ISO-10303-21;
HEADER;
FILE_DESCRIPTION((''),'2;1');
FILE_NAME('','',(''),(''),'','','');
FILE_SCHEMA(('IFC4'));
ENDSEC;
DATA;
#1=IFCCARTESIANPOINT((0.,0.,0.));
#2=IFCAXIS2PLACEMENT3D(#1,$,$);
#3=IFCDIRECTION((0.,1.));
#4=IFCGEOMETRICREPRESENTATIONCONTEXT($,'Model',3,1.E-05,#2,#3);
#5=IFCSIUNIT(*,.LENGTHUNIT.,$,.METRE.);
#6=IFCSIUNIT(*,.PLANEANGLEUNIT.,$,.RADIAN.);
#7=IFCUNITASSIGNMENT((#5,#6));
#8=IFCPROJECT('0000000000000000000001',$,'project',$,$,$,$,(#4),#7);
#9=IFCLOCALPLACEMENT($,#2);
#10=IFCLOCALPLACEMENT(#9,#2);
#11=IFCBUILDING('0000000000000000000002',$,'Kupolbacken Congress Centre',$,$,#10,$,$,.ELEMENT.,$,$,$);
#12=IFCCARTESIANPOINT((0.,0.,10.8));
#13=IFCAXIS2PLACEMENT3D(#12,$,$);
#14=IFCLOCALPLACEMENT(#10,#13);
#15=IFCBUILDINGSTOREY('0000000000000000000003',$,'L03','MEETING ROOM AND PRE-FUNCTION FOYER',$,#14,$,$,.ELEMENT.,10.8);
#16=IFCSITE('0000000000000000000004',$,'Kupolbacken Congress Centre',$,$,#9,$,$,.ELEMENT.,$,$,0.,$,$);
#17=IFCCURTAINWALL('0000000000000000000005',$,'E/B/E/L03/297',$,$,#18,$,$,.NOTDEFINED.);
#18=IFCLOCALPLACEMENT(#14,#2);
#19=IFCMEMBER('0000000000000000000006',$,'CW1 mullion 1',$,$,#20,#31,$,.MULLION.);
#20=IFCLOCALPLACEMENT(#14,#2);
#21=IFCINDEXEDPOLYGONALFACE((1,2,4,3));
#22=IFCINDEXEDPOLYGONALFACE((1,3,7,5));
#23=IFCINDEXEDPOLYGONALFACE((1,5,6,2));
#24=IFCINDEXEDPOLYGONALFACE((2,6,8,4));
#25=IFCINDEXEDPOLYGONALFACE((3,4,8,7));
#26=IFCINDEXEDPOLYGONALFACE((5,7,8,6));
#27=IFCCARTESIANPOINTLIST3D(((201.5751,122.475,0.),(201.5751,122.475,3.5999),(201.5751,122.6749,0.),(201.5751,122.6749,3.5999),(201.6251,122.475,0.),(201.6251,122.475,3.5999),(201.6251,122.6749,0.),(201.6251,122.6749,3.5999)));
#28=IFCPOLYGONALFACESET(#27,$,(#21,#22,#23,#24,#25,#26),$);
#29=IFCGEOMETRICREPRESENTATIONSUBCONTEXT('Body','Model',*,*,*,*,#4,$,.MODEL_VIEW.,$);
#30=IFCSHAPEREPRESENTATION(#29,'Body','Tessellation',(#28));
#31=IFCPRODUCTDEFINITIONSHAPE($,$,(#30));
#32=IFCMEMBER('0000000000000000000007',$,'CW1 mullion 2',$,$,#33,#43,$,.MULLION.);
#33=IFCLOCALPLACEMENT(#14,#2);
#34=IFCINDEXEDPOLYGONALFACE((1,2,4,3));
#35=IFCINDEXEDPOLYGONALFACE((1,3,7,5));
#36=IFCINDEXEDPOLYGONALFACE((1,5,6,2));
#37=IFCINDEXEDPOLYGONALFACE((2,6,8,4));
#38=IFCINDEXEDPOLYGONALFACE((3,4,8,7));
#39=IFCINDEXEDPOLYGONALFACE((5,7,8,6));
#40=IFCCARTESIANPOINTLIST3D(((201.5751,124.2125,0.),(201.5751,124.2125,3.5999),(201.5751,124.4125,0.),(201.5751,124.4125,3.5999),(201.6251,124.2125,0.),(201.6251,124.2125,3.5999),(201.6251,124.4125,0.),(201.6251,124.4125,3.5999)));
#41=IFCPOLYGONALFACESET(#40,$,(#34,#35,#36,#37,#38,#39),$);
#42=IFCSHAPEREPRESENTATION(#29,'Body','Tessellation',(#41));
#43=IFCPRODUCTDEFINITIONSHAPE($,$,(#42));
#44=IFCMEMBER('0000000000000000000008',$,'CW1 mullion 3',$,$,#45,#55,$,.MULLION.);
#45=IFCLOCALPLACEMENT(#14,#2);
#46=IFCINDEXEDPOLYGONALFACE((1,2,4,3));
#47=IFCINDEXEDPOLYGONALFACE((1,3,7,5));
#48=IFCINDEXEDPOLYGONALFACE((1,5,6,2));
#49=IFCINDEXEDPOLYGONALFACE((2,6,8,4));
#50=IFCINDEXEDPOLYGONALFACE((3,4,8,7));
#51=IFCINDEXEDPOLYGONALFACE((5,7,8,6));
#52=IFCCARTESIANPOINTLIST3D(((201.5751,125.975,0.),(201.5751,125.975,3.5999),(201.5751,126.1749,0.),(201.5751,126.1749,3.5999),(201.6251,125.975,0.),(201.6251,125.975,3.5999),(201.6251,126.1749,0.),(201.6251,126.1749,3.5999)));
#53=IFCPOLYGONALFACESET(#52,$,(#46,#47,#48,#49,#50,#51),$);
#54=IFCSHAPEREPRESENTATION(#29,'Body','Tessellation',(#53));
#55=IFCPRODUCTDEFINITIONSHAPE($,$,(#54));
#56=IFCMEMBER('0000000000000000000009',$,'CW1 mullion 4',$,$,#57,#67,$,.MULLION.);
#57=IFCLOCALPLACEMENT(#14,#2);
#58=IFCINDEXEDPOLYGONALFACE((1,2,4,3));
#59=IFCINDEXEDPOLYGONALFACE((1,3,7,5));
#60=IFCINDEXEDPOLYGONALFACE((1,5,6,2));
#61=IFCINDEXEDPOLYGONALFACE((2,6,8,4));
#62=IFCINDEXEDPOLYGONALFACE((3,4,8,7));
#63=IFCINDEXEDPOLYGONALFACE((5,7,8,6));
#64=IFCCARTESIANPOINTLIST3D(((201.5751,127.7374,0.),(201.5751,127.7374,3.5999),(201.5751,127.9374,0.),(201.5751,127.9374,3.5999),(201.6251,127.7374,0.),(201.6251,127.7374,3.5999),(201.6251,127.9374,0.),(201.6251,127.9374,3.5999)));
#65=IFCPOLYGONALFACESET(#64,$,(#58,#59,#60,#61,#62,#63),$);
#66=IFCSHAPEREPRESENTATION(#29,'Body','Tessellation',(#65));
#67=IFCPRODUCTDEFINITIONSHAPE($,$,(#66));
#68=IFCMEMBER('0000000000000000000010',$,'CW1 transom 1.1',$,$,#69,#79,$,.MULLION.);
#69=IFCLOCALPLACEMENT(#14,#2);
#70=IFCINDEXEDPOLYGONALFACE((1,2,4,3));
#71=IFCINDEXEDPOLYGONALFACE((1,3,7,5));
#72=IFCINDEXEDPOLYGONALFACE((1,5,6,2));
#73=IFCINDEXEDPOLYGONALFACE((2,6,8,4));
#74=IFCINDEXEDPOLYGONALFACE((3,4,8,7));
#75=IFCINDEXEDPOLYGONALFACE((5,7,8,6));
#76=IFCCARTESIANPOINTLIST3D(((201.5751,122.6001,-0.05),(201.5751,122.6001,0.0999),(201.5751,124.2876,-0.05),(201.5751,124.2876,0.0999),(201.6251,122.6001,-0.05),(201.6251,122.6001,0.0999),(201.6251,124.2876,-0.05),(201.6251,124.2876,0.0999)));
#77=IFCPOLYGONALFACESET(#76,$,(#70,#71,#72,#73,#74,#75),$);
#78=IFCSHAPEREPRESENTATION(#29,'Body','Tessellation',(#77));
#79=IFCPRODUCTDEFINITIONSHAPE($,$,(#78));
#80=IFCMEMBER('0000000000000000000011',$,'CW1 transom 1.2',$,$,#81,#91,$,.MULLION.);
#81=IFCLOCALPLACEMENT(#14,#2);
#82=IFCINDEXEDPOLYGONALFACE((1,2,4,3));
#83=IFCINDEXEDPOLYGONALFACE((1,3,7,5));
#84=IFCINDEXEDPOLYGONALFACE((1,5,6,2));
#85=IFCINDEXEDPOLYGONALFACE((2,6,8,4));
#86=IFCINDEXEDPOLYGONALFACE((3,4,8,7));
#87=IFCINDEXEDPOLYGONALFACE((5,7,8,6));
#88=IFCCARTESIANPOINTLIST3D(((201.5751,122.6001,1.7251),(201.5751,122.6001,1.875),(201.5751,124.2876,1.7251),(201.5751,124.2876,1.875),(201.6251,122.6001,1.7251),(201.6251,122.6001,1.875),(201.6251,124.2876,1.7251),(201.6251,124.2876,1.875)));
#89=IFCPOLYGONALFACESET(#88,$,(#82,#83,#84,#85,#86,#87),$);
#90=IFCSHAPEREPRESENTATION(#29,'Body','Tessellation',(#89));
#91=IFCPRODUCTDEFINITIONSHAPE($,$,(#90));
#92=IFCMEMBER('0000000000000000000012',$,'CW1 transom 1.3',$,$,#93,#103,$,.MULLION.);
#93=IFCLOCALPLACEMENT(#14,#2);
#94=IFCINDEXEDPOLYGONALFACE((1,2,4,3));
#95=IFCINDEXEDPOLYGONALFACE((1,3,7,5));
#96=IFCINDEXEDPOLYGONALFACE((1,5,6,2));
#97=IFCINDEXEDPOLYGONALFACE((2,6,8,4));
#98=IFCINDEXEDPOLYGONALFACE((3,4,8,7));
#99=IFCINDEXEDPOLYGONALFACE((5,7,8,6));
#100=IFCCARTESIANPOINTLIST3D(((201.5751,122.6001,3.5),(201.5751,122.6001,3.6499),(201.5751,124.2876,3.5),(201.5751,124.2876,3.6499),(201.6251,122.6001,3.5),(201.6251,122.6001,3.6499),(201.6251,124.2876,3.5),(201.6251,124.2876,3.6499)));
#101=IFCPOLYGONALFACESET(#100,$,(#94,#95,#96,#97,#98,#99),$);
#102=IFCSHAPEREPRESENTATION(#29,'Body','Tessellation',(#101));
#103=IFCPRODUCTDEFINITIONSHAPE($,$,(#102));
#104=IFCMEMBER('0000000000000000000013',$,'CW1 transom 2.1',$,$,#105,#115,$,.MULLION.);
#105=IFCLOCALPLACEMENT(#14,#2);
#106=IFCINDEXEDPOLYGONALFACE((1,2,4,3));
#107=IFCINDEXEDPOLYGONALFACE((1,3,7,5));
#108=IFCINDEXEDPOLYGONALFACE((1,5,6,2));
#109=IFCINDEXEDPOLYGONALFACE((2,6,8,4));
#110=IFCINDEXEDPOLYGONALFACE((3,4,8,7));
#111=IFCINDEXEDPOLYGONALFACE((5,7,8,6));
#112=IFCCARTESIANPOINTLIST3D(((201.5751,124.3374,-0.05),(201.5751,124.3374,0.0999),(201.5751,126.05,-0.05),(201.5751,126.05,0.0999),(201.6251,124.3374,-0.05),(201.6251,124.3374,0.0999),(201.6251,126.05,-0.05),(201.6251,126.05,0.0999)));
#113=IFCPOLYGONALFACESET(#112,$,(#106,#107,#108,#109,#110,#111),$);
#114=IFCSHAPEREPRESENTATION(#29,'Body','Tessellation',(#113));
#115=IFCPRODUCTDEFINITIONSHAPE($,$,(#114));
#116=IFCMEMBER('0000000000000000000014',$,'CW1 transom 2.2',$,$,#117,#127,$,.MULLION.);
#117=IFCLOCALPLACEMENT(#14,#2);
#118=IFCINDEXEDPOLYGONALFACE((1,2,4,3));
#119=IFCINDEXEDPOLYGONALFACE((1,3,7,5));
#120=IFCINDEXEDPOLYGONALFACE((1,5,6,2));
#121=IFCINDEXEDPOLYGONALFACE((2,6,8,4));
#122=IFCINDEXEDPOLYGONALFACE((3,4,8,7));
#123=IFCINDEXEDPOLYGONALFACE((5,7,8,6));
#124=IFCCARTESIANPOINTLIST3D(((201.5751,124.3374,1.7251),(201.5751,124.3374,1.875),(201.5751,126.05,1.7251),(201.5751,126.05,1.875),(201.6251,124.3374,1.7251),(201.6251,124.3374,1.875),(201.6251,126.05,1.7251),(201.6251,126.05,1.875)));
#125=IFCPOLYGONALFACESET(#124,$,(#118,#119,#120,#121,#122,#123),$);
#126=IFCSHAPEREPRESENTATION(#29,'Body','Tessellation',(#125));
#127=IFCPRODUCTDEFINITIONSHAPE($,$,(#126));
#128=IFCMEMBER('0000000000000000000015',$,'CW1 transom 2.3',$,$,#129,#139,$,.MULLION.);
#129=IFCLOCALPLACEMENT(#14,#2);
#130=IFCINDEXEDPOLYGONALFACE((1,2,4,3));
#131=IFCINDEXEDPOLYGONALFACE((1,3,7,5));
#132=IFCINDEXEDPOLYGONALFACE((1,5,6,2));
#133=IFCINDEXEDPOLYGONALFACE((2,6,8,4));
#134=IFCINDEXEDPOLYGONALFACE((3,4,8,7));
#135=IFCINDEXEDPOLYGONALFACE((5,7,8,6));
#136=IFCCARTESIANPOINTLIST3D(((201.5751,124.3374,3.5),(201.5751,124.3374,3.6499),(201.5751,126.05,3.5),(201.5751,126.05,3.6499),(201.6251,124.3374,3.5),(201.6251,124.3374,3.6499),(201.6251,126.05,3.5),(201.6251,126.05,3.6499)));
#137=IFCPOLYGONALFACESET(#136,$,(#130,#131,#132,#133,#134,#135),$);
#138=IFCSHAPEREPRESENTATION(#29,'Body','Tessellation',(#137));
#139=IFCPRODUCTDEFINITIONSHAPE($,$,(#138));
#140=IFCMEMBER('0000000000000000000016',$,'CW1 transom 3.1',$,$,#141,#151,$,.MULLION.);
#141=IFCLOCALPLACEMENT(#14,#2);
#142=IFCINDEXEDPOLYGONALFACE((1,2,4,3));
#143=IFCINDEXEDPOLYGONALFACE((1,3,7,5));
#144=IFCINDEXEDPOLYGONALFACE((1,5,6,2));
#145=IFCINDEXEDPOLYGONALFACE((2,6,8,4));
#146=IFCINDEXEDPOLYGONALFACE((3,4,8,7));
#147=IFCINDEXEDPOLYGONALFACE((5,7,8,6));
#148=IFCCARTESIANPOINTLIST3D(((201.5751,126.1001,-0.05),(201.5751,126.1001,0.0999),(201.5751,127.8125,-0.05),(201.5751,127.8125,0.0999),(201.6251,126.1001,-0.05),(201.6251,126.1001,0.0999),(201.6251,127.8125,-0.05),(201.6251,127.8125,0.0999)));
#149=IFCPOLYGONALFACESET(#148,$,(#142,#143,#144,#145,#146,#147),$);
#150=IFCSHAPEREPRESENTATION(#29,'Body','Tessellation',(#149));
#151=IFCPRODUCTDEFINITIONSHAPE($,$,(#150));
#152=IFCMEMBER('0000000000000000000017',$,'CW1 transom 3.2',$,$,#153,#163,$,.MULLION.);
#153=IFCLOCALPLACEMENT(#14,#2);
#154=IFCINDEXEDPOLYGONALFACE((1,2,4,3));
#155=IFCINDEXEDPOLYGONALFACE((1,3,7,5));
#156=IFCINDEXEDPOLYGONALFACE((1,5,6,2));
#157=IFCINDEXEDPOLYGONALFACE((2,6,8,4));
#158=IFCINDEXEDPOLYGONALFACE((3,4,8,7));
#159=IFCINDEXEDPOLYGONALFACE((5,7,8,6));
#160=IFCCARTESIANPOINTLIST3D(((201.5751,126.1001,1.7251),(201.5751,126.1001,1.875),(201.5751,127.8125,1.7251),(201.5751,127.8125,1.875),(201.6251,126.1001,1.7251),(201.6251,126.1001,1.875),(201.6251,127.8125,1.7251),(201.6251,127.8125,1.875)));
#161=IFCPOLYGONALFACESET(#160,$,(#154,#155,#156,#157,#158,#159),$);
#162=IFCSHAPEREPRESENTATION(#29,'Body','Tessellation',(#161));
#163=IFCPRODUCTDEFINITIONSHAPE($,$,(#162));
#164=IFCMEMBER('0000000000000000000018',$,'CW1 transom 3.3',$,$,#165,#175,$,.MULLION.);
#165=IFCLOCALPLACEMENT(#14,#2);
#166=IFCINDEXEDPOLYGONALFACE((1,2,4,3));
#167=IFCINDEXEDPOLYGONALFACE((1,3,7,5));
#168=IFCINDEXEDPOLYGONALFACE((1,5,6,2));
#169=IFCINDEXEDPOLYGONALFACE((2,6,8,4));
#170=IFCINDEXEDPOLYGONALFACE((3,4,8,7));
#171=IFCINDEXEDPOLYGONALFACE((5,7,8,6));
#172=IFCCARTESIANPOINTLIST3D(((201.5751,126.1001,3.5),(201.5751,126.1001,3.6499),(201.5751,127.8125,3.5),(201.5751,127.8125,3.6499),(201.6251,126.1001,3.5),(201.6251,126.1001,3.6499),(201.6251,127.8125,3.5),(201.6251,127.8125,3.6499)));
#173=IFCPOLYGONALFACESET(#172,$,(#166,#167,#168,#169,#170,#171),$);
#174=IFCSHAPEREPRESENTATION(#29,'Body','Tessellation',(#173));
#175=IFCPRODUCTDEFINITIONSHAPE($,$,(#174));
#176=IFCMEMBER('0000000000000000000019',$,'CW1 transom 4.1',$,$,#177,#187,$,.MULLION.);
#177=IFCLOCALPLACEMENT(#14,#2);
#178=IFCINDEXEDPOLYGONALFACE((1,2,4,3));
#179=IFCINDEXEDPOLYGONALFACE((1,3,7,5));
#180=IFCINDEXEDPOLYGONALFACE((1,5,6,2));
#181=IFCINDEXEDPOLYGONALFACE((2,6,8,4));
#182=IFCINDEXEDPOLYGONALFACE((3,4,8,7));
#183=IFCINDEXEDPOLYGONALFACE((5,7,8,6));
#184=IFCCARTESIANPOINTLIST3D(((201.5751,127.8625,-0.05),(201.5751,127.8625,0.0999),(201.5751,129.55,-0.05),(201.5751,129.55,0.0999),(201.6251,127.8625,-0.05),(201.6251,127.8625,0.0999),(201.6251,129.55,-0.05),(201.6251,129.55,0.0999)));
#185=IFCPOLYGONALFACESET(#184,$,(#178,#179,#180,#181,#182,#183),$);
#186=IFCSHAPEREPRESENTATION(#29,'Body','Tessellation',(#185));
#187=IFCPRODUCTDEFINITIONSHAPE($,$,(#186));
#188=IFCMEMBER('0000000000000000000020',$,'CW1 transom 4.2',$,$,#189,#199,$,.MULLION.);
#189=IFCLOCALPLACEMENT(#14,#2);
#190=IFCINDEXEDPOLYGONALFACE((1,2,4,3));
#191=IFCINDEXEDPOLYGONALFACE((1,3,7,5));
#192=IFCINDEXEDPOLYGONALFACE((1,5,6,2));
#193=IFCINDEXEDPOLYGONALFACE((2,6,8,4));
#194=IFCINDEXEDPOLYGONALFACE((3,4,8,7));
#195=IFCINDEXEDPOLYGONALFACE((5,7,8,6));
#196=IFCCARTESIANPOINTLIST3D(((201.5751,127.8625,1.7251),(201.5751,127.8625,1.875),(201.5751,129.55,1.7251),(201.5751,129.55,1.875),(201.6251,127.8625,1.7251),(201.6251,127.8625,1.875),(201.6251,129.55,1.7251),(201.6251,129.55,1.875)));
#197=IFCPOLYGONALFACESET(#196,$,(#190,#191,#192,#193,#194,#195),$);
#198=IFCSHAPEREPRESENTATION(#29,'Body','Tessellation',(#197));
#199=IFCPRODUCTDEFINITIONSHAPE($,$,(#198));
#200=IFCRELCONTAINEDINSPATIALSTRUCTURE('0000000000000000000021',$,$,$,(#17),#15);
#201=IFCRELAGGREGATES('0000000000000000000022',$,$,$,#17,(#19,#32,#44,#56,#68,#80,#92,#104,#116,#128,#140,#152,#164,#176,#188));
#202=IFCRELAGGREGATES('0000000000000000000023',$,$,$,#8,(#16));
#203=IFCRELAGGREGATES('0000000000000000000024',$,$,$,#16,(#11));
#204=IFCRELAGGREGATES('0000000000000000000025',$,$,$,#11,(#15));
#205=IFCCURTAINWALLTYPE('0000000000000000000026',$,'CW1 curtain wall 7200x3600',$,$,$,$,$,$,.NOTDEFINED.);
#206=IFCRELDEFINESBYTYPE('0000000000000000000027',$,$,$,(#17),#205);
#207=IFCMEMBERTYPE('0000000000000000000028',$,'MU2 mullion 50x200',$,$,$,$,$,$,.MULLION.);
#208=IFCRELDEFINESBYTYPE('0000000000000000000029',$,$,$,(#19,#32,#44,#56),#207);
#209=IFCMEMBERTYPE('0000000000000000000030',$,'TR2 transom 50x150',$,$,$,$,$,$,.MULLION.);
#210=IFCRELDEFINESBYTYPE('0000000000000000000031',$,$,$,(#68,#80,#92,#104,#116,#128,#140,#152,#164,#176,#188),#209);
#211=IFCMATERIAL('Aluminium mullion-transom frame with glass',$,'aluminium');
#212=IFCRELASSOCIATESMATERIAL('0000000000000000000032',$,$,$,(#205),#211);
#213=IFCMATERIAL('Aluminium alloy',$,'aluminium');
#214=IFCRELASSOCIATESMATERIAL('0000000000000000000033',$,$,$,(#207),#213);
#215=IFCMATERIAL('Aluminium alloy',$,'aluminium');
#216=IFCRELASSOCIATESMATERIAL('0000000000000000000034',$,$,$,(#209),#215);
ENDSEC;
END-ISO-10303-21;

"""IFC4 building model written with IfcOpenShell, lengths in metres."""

from ifc_helpers import new_model, si_unit, direction, frame, origin, origin_2d, place, context, subcontext, project, spatial, rectangle, extrude, material, material_profile, profile_set, type_object, element, aggregate, save


model = new_model("IFC4")

# Units and contexts
model_context = context("Model", 3, precision=1e-05, world=origin(), true_north=direction((0.0, 1.0)))
body_context = subcontext(model_context, "Body", "Model", "MODEL_VIEW")
ifc_project = project(units=[si_unit("LENGTHUNIT", "METRE"), si_unit("PLANEANGLEUNIT", "RADIAN")], contexts=[model_context])

# Site, building, storey
site_placement = place(None, origin())
site = spatial("IfcSite", under=ifc_project, at=site_placement, Name="Kupolbacken Congress Centre", CompositionType="ELEMENT", RefElevation=0.0)
building_placement = place(site_placement, origin())
building = spatial("IfcBuilding", under=site, at=building_placement, Name="Kupolbacken Congress Centre", CompositionType="ELEMENT")
storey_placement = place(building_placement, frame((0.0, 0.0, 10.8)))
storey = spatial("IfcBuildingStorey", under=building, at=storey_placement, Name="L03", Description="MEETING ROOM AND PRE-FUNCTION FOYER", CompositionType="ELEMENT", Elevation=10.8)

# Curtain wall, members
ifc_material_1 = material(Name="Aluminium mullion-transom frame with glass", Category="aluminium")
curtain_wall_type = type_object("IfcCurtainWallType", Name="CW1 curtain wall 7200x3600", PredefinedType="NOTDEFINED", material=ifc_material_1)
curtain_wall_placement = place(storey_placement, origin())
curtain_wall = element("IfcCurtainWall", 1, at=curtain_wall_placement, inside=storey, type_object=curtain_wall_type, Name="E/B/E/L03/297", PredefinedType="NOTDEFINED")
ifc_material_2 = material(Name="Aluminium alloy", Category="aluminium")
ifc_material_profile_1 = material_profile(ifc_material_2, rectangle(XDim=0.05, YDim=0.2, at=origin_2d()), Name="50 x 200")
ifc_profile_set_1 = profile_set([ifc_material_profile_1], Name="Aluminium alloy")
member_type_1 = type_object("IfcMemberType", Name="MU2 mullion 50x200", PredefinedType="MULLION", material=ifc_profile_set_1)
member_1_placement = place(storey_placement, frame((201.6001, 122.575, 0.0), z_axis=(0.0, 0.0, 1.0), x_axis=(-1.0, 0.0, 0.0)))
member_1 = element("IfcMember", 2, at=member_1_placement, type_object=member_type_1, Name="CW1 mullion 1", PredefinedType="MULLION", context=body_context, shape_type="SweptSolid", body=[
    extrude(rectangle(XDim=0.05, YDim=0.2, at=origin_2d()), origin(), (0.0, 0.0, 1.0), 3.5999),
])
member_2_placement = place(storey_placement, frame((201.6001, 124.3125, 0.0), z_axis=(0.0, 0.0, 1.0), x_axis=(-1.0, 0.0, 0.0)))
member_2 = element("IfcMember", 3, at=member_2_placement, type_object=member_type_1, Name="CW1 mullion 2", PredefinedType="MULLION", context=body_context, shape_type="SweptSolid", body=[
    extrude(rectangle(XDim=0.05, YDim=0.2, at=origin_2d()), origin(), (0.0, 0.0, 1.0), 3.5999),
])
member_3_placement = place(storey_placement, frame((201.6001, 126.075, 0.0), z_axis=(0.0, 0.0, 1.0), x_axis=(-1.0, 0.0, 0.0)))
member_3 = element("IfcMember", 4, at=member_3_placement, type_object=member_type_1, Name="CW1 mullion 3", PredefinedType="MULLION", context=body_context, shape_type="SweptSolid", body=[
    extrude(rectangle(XDim=0.05, YDim=0.2, at=origin_2d()), origin(), (0.0, 0.0, 1.0), 3.5999),
])
member_4_placement = place(storey_placement, frame((201.6001, 127.8374, 0.0), z_axis=(0.0, 0.0, 1.0), x_axis=(-1.0, 0.0, 0.0)))
member_4 = element("IfcMember", 5, at=member_4_placement, type_object=member_type_1, Name="CW1 mullion 4", PredefinedType="MULLION", context=body_context, shape_type="SweptSolid", body=[
    extrude(rectangle(XDim=0.05, YDim=0.2, at=origin_2d()), origin(), (0.0, 0.0, 1.0), 3.5999),
])
ifc_material_3 = material(Name="Aluminium alloy", Category="aluminium")
ifc_material_profile_2 = material_profile(ifc_material_3, rectangle(XDim=0.05, YDim=0.1499, at=origin_2d()), Name="50 x 150")
ifc_profile_set_2 = profile_set([ifc_material_profile_2], Name="Aluminium alloy")
member_type_2 = type_object("IfcMemberType", Name="TR2 transom 50x150", PredefinedType="MULLION", material=ifc_profile_set_2)
member_5_placement = place(storey_placement, frame((201.6001, 122.6001, 0.0249), z_axis=(0.0, 1.0, 0.0), x_axis=(-1.0, 0.0, 0.0)))
member_5 = element("IfcMember", 6, at=member_5_placement, type_object=member_type_2, Name="CW1 transom 1.1", PredefinedType="MULLION", context=body_context, shape_type="SweptSolid", body=[
    extrude(rectangle(XDim=0.05, YDim=0.1499, at=origin_2d()), origin(), (0.0, 0.0, 1.0), 1.6875),
])
member_6_placement = place(storey_placement, frame((201.6001, 122.6001, 1.8), z_axis=(0.0, 1.0, 0.0), x_axis=(-1.0, 0.0, 0.0)))
member_6 = element("IfcMember", 7, at=member_6_placement, type_object=member_type_2, Name="CW1 transom 1.2", PredefinedType="MULLION", context=body_context, shape_type="SweptSolid", body=[
    extrude(rectangle(XDim=0.05, YDim=0.1499, at=origin_2d()), origin(), (0.0, 0.0, 1.0), 1.6875),
])
member_7_placement = place(storey_placement, frame((201.6001, 122.6001, 3.575), z_axis=(0.0, 1.0, 0.0), x_axis=(-1.0, 0.0, 0.0)))
member_7 = element("IfcMember", 8, at=member_7_placement, type_object=member_type_2, Name="CW1 transom 1.3", PredefinedType="MULLION", context=body_context, shape_type="SweptSolid", body=[
    extrude(rectangle(XDim=0.05, YDim=0.1499, at=origin_2d()), origin(), (0.0, 0.0, 1.0), 1.6875),
])
member_8_placement = place(storey_placement, frame((201.6001, 124.3374, 0.0249), z_axis=(0.0, 1.0, 0.0), x_axis=(-1.0, 0.0, 0.0)))
member_8 = element("IfcMember", 9, at=member_8_placement, type_object=member_type_2, Name="CW1 transom 2.1", PredefinedType="MULLION", context=body_context, shape_type="SweptSolid", body=[
    extrude(rectangle(XDim=0.05, YDim=0.1499, at=origin_2d()), origin(), (0.0, 0.0, 1.0), 1.7126),
])
member_9_placement = place(storey_placement, frame((201.6001, 124.3374, 1.8), z_axis=(0.0, 1.0, 0.0), x_axis=(-1.0, 0.0, 0.0)))
member_9 = element("IfcMember", 10, at=member_9_placement, type_object=member_type_2, Name="CW1 transom 2.2", PredefinedType="MULLION", context=body_context, shape_type="SweptSolid", body=[
    extrude(rectangle(XDim=0.05, YDim=0.1499, at=origin_2d()), origin(), (0.0, 0.0, 1.0), 1.7126),
])
member_10_placement = place(storey_placement, frame((201.6001, 124.3374, 3.575), z_axis=(0.0, 1.0, 0.0), x_axis=(-1.0, 0.0, 0.0)))
member_10 = element("IfcMember", 11, at=member_10_placement, type_object=member_type_2, Name="CW1 transom 2.3", PredefinedType="MULLION", context=body_context, shape_type="SweptSolid", body=[
    extrude(rectangle(XDim=0.05, YDim=0.1499, at=origin_2d()), origin(), (0.0, 0.0, 1.0), 1.7126),
])
member_11_placement = place(storey_placement, frame((201.6001, 126.1001, 0.0249), z_axis=(0.0, 1.0, 0.0), x_axis=(-1.0, 0.0, 0.0)))
member_11 = element("IfcMember", 12, at=member_11_placement, type_object=member_type_2, Name="CW1 transom 3.1", PredefinedType="MULLION", context=body_context, shape_type="SweptSolid", body=[
    extrude(rectangle(XDim=0.05, YDim=0.1499, at=origin_2d()), origin(), (0.0, 0.0, 1.0), 1.7124),
])
member_12_placement = place(storey_placement, frame((201.6001, 126.1001, 1.8), z_axis=(0.0, 1.0, 0.0), x_axis=(-1.0, 0.0, 0.0)))
member_12 = element("IfcMember", 13, at=member_12_placement, type_object=member_type_2, Name="CW1 transom 3.2", PredefinedType="MULLION", context=body_context, shape_type="SweptSolid", body=[
    extrude(rectangle(XDim=0.05, YDim=0.1499, at=origin_2d()), origin(), (0.0, 0.0, 1.0), 1.7124),
])
member_13_placement = place(storey_placement, frame((201.6001, 126.1001, 3.575), z_axis=(0.0, 1.0, 0.0), x_axis=(-1.0, 0.0, 0.0)))
member_13 = element("IfcMember", 14, at=member_13_placement, type_object=member_type_2, Name="CW1 transom 3.3", PredefinedType="MULLION", context=body_context, shape_type="SweptSolid", body=[
    extrude(rectangle(XDim=0.05, YDim=0.1499, at=origin_2d()), origin(), (0.0, 0.0, 1.0), 1.7124),
])
member_14_placement = place(storey_placement, frame((201.6001, 127.8625, 0.0249), z_axis=(0.0, 1.0, 0.0), x_axis=(-1.0, 0.0, 0.0)))
member_14 = element("IfcMember", 15, at=member_14_placement, type_object=member_type_2, Name="CW1 transom 4.1", PredefinedType="MULLION", context=body_context, shape_type="SweptSolid", body=[
    extrude(rectangle(XDim=0.05, YDim=0.1499, at=origin_2d()), origin(), (0.0, 0.0, 1.0), 1.6875),
])
member_15_placement = place(storey_placement, frame((201.6001, 127.8625, 1.8), z_axis=(0.0, 1.0, 0.0), x_axis=(-1.0, 0.0, 0.0)))
member_15 = element("IfcMember", 16, at=member_15_placement, type_object=member_type_2, Name="CW1 transom 4.2", PredefinedType="MULLION", context=body_context, shape_type="SweptSolid", body=[
    extrude(rectangle(XDim=0.05, YDim=0.1499, at=origin_2d()), origin(), (0.0, 0.0, 1.0), 1.6875),
])
aggregate(curtain_wall, [member_1, member_2, member_3, member_4, member_5, member_6, member_7, member_8, member_9, member_10, member_11, member_12, member_13, member_14, member_15])

save(model, "model.ifc")
